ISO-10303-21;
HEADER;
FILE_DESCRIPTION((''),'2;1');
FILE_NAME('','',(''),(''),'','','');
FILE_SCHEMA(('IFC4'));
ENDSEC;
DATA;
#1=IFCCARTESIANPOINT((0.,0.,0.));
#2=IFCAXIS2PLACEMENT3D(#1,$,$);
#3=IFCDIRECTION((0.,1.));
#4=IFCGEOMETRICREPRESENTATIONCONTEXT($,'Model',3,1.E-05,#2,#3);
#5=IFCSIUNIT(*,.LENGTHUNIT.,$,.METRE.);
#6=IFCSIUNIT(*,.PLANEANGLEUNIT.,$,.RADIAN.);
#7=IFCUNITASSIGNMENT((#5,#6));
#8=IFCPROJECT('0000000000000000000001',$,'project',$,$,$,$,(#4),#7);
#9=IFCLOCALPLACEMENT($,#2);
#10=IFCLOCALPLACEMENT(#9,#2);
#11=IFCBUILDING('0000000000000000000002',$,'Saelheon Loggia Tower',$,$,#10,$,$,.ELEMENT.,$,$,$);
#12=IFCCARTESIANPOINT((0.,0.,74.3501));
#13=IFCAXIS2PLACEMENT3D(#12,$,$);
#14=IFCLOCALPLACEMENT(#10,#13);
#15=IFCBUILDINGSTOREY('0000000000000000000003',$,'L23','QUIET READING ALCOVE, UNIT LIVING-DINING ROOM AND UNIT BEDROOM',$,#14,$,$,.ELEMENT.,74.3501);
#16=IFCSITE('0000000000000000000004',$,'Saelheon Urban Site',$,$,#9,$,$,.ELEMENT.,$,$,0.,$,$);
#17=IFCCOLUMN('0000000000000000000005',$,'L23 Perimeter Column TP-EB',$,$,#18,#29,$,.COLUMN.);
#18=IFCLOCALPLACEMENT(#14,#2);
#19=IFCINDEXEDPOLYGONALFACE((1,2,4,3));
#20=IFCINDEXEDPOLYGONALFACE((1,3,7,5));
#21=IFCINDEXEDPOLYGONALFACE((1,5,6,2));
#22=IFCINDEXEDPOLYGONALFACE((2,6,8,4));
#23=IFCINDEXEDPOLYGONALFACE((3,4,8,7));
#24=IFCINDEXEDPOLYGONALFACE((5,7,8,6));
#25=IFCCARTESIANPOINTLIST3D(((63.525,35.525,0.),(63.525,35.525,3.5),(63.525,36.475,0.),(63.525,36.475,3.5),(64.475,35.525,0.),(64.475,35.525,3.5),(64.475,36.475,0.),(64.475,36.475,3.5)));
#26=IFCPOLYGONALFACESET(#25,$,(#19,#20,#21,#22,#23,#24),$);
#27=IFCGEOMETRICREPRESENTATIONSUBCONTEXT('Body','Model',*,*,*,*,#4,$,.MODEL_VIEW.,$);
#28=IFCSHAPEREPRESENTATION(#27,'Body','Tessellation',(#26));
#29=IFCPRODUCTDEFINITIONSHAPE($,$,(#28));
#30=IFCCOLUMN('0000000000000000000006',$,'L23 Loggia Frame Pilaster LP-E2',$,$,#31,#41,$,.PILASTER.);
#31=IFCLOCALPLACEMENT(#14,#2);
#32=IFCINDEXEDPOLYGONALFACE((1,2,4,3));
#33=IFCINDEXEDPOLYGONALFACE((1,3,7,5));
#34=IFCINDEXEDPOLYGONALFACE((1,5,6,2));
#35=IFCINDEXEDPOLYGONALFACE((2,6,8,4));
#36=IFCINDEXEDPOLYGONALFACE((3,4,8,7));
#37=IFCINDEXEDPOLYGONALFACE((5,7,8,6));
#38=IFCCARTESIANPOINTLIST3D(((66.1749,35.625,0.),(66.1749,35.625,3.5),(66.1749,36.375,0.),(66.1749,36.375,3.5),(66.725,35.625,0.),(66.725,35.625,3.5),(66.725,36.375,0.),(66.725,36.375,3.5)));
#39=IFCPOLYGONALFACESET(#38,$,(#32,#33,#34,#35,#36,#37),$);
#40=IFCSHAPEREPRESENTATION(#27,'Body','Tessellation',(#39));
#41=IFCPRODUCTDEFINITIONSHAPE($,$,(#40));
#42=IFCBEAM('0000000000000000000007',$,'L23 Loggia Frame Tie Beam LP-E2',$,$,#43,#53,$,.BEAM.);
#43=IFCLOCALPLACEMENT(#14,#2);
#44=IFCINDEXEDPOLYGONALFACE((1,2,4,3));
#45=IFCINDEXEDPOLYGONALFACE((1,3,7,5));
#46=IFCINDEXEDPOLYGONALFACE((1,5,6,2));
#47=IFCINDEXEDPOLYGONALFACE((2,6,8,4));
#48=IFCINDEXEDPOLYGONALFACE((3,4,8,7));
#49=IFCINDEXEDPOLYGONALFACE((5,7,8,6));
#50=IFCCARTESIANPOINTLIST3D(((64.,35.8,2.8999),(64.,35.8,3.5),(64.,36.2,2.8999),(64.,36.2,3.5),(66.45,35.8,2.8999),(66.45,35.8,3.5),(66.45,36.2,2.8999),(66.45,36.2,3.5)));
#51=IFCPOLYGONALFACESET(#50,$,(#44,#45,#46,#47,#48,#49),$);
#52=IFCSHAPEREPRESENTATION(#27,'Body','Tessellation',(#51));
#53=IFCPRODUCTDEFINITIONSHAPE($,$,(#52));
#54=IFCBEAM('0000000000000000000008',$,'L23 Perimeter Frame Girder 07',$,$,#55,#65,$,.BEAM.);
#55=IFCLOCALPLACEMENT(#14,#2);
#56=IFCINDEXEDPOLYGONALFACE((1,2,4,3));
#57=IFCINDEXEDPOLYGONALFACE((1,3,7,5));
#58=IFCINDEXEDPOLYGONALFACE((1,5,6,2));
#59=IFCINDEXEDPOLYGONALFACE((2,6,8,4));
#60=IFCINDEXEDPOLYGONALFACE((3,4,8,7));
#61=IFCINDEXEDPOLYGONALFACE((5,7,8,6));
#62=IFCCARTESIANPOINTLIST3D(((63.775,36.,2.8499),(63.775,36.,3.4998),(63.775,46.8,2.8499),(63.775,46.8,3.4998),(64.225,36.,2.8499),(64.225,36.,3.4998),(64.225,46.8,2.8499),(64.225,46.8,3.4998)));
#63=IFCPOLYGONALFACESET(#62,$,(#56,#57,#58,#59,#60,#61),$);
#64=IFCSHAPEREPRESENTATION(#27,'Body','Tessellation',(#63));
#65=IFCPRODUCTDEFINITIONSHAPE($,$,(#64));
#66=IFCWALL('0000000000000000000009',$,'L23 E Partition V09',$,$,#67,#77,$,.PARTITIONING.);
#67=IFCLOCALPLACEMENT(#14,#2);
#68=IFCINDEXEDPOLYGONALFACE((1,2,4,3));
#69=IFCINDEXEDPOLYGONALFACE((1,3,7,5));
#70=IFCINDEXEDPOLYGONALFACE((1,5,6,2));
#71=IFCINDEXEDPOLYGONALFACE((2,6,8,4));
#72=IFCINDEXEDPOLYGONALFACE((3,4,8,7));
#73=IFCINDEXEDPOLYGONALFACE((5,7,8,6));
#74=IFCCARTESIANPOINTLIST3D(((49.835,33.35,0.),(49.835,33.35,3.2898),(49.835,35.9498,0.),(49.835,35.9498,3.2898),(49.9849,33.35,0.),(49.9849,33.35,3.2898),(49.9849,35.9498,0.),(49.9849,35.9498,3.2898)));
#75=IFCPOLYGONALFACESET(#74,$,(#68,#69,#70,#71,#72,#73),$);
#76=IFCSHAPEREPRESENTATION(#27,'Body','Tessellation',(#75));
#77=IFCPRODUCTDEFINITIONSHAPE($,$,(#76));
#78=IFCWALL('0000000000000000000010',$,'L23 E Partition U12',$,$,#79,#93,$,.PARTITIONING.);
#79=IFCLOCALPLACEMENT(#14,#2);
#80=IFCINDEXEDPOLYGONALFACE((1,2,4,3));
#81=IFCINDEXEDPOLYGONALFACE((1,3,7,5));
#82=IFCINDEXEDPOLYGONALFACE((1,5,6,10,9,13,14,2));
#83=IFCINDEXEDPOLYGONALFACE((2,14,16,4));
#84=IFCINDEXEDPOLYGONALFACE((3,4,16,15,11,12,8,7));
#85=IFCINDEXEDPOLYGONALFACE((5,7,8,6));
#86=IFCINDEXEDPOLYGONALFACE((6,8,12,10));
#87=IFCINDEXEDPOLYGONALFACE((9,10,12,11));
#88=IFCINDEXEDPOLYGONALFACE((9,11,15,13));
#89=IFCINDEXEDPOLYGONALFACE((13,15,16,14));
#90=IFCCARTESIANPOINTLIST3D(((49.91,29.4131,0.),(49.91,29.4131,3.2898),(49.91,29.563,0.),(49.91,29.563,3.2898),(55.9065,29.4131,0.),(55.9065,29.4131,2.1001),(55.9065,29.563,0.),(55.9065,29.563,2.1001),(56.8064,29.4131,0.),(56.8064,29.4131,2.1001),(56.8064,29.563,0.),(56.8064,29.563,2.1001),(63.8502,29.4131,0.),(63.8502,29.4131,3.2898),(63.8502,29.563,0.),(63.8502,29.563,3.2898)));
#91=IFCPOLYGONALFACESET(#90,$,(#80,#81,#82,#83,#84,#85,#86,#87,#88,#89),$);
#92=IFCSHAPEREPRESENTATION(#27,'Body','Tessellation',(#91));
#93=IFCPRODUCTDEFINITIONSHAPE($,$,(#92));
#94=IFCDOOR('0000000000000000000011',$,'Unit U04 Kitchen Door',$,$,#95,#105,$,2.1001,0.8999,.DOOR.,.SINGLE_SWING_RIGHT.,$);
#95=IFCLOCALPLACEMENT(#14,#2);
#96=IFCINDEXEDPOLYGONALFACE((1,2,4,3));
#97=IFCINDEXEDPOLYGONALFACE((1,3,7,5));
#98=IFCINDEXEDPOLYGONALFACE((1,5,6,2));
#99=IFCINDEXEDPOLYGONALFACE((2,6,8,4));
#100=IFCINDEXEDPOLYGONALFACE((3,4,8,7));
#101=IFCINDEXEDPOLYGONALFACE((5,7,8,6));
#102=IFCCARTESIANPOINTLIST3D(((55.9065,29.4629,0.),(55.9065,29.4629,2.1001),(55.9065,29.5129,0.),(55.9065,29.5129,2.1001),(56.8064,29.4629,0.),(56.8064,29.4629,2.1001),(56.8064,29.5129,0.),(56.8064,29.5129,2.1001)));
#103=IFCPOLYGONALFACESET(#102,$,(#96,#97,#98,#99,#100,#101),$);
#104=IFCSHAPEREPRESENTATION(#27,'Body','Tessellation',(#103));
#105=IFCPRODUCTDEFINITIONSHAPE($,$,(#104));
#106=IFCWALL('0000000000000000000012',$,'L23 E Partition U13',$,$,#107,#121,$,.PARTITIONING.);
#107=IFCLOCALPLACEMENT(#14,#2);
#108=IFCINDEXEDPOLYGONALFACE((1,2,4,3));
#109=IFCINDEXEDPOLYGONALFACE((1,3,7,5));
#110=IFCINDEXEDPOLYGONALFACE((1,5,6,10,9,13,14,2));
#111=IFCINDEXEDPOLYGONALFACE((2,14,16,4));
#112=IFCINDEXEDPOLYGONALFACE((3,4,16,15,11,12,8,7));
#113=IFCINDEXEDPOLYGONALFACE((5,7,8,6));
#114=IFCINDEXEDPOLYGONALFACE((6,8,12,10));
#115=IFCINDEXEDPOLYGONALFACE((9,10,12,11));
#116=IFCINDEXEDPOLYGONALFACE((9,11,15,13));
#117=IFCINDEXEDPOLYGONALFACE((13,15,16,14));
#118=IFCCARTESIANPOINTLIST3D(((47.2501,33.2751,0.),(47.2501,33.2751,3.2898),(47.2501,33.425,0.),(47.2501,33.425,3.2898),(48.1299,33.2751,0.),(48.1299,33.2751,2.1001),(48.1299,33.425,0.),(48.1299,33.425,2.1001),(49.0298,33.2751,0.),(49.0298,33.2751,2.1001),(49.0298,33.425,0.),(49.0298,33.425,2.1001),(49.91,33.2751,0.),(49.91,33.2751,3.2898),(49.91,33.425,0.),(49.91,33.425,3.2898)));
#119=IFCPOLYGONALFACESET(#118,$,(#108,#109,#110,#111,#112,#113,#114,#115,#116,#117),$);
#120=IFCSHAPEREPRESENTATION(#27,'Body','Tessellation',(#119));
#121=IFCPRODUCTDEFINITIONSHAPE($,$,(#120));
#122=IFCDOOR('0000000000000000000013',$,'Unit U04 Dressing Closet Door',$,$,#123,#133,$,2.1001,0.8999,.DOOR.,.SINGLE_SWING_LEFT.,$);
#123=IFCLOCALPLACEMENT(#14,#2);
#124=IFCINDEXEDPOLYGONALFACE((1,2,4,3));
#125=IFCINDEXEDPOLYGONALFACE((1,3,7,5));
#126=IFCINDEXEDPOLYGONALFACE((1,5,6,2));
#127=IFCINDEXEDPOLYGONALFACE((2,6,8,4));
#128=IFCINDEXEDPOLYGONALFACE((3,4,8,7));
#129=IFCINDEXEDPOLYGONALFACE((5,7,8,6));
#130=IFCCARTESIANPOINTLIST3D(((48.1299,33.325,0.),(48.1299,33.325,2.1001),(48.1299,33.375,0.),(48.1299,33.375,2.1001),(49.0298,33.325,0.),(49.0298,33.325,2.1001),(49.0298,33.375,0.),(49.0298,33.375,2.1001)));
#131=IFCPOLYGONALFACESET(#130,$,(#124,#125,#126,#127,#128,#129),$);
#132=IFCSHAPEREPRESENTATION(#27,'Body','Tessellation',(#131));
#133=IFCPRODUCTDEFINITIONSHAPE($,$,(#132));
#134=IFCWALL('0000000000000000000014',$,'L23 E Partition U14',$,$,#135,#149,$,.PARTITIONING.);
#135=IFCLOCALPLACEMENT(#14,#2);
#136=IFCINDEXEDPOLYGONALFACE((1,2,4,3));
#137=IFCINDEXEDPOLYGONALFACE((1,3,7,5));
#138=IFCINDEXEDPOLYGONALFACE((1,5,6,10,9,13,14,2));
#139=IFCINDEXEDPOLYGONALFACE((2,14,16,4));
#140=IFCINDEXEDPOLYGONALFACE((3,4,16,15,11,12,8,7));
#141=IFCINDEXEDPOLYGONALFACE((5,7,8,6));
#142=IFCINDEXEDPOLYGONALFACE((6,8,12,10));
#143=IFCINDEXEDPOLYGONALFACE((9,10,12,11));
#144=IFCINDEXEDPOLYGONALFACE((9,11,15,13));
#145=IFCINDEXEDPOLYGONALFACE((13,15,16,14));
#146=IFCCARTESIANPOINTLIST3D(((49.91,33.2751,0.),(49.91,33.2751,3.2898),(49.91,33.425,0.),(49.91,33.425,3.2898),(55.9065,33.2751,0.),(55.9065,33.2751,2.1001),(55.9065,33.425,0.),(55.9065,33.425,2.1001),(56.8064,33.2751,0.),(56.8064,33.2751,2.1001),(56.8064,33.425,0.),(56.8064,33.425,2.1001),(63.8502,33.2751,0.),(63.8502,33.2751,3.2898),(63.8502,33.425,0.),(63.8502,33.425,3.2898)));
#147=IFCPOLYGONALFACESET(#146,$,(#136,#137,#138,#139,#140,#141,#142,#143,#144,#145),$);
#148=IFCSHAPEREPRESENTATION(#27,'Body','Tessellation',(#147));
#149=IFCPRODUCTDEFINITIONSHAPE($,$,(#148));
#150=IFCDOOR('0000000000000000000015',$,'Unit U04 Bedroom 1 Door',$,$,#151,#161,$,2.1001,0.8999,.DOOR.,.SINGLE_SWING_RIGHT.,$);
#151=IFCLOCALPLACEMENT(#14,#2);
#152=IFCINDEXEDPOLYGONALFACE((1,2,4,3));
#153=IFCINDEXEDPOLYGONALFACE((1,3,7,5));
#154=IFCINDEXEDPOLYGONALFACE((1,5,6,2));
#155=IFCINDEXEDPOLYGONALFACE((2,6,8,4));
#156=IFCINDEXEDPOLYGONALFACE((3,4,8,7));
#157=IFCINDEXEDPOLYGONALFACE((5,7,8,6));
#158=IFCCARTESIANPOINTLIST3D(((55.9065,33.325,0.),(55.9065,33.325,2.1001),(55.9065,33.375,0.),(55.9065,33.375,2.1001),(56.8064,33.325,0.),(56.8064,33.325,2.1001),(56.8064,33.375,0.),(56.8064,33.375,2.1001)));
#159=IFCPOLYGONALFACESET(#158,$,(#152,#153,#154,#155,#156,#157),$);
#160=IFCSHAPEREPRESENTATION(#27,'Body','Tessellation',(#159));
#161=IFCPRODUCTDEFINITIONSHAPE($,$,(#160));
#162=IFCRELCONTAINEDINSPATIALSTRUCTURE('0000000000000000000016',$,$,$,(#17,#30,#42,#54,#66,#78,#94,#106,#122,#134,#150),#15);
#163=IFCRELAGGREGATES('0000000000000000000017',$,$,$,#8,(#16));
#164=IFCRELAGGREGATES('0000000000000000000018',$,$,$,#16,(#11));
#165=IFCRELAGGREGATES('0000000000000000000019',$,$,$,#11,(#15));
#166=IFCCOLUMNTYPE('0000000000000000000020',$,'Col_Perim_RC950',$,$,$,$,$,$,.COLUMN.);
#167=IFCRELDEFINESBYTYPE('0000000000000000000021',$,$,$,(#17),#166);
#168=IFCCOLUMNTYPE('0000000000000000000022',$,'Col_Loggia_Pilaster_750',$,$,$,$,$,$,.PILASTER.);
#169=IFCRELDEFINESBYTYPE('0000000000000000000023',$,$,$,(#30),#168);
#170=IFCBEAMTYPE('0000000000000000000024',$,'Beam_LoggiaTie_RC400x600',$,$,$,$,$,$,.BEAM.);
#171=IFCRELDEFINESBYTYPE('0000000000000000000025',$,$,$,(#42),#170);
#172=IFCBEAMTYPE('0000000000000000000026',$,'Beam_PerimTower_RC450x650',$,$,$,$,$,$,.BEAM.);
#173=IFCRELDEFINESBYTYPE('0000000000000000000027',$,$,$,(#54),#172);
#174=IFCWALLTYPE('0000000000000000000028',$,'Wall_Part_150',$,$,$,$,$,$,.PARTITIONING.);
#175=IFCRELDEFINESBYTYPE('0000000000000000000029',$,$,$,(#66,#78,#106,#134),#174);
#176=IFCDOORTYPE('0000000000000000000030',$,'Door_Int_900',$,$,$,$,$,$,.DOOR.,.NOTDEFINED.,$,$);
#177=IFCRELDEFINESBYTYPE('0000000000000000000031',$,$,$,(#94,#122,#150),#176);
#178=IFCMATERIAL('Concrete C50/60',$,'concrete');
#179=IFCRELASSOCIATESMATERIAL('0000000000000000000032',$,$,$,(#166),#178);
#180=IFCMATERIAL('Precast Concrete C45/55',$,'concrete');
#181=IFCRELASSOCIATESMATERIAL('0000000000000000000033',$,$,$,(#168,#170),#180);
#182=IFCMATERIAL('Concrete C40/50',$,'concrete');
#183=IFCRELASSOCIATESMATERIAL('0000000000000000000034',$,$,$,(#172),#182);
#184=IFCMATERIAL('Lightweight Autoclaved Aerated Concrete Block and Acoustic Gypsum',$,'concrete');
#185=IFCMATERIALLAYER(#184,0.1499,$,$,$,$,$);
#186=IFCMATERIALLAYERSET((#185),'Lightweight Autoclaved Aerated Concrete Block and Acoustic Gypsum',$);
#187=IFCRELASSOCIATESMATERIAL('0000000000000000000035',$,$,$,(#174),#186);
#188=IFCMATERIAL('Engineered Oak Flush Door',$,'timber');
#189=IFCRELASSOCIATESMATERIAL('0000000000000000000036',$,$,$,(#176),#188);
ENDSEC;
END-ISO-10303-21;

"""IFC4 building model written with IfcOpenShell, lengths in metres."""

from ifc_helpers import new_model, si_unit, direction, frame, frame_2d, origin, origin_2d, place, context, subcontext, project, spatial, rectangle, extrude, source, transform, mapped, material, layer, layer_set, material_profile, profile_set, type_object, element, fill, save


model = new_model("IFC4")

# Units and contexts
model_context = context("Model", 3, precision=1e-05, world=origin(), true_north=direction((0.0, 1.0)))
body_context = subcontext(model_context, "Body", "Model", "MODEL_VIEW")
ifc_project = project(units=[si_unit("LENGTHUNIT", "METRE"), si_unit("PLANEANGLEUNIT", "RADIAN")], contexts=[model_context])

# Site, building, storey
site_placement = place(None, origin())
site = spatial("IfcSite", under=ifc_project, at=site_placement, Name="Saelheon Urban Site", CompositionType="ELEMENT", RefElevation=0.0)
building_placement = place(site_placement, origin())
building = spatial("IfcBuilding", under=site, at=building_placement, Name="Saelheon Loggia Tower", CompositionType="ELEMENT")
storey_placement = place(building_placement, frame((0.0, 0.0, 74.3501)))
storey = spatial("IfcBuildingStorey", under=building, at=storey_placement, Name="L23", Description="QUIET READING ALCOVE, UNIT LIVING-DINING ROOM AND UNIT BEDROOM", CompositionType="ELEMENT", Elevation=74.3501)

# Columns
ifc_material_1 = material(Name="Concrete C50/60", Category="concrete")
ifc_material_profile_1 = material_profile(ifc_material_1, rectangle(XDim=0.95, YDim=0.95, at=origin_2d()), Name="RC-950x950")
ifc_profile_set_1 = profile_set([ifc_material_profile_1], Name="Concrete C50/60")
column_type_1 = type_object("IfcColumnType", Name="Col_Perim_RC950", PredefinedType="COLUMN", material=ifc_profile_set_1)
shared_shape_1 = source(origin(), body_context, "Body", "SweptSolid", [
    extrude(rectangle(XDim=0.95, YDim=0.95, at=origin_2d()), origin(), (0.0, 0.0, 1.0), 3.5),
])
column_1_placement = place(storey_placement, frame((64.0, 36.0, 0.0), z_axis=(0.0, 0.0, 1.0), x_axis=(1.0, 0.0, 0.0)))
element("IfcColumn", 1, at=column_1_placement, inside=storey, type_object=column_type_1, Name="L23 Perimeter Column TP-EB", PredefinedType="COLUMN", context=body_context, shape_type="MappedRepresentation", body=[
    mapped(shared_shape_1, transform((0.0, 0.0, 0.0), scale=1.0)),
])
ifc_material_2 = material(Name="Precast Concrete C45/55", Category="concrete")
ifc_material_profile_2 = material_profile(ifc_material_2, rectangle(XDim=0.55, YDim=0.75, at=origin_2d()), Name="RC-550x750")
ifc_profile_set_2 = profile_set([ifc_material_profile_2], Name="Precast Concrete C45/55")
column_type_2 = type_object("IfcColumnType", Name="Col_Loggia_Pilaster_750", PredefinedType="PILASTER", material=ifc_profile_set_2)
shared_shape_2 = source(origin(), body_context, "Body", "SweptSolid", [
    extrude(rectangle(XDim=0.55, YDim=0.75, at=origin_2d()), origin(), (0.0, 0.0, 1.0), 3.5),
])
column_2_placement = place(storey_placement, frame((66.45, 36.0, 0.0), z_axis=(0.0, 0.0, 1.0), x_axis=(1.0, 0.0, 0.0)))
element("IfcColumn", 2, at=column_2_placement, inside=storey, type_object=column_type_2, Name="L23 Loggia Frame Pilaster LP-E2", PredefinedType="PILASTER", context=body_context, shape_type="MappedRepresentation", body=[
    mapped(shared_shape_2, transform((0.0, 0.0, 0.0), scale=1.0)),
])

# Beams
ifc_material_profile_3 = material_profile(ifc_material_2, rectangle(XDim=0.3999, YDim=0.6001, at=origin_2d()), Name="RC-400x600")
ifc_profile_set_3 = profile_set([ifc_material_profile_3], Name="Precast Concrete C45/55")
beam_type_1 = type_object("IfcBeamType", Name="Beam_LoggiaTie_RC400x600", PredefinedType="BEAM", material=ifc_profile_set_3)
shared_shape_3 = source(origin(), body_context, "Body", "SweptSolid", [
    extrude(rectangle(XDim=0.3999, YDim=0.6001, at=origin_2d()), origin(), (0.0, 0.0, 1.0), 2.45),
])
beam_1_placement = place(storey_placement, frame((64.0, 36.0, 3.2), z_axis=(1.0, 0.0, 0.0), x_axis=(0.0, 1.0, 0.0)))
element("IfcBeam", 3, at=beam_1_placement, inside=storey, type_object=beam_type_1, Name="L23 Loggia Frame Tie Beam LP-E2", PredefinedType="BEAM", context=body_context, shape_type="MappedRepresentation", body=[
    mapped(shared_shape_3, transform((0.0, 0.0, 0.0), scale=1.0)),
])
ifc_material_3 = material(Name="Concrete C40/50", Category="concrete")
ifc_material_profile_4 = material_profile(ifc_material_3, rectangle(XDim=0.45, YDim=0.6499, at=origin_2d()), Name="RC-450x650")
ifc_profile_set_4 = profile_set([ifc_material_profile_4], Name="Concrete C40/50")
beam_type_2 = type_object("IfcBeamType", Name="Beam_PerimTower_RC450x650", PredefinedType="BEAM", material=ifc_profile_set_4)
shared_shape_4 = source(origin(), body_context, "Body", "SweptSolid", [
    extrude(rectangle(XDim=0.45, YDim=0.6499, at=origin_2d()), origin(), (0.0, 0.0, 1.0), 10.8),
])
beam_2_placement = place(storey_placement, frame((64.0, 36.0, 3.1748), z_axis=(0.0, 1.0, 0.0), x_axis=(-1.0, 0.0, 0.0)))
element("IfcBeam", 4, at=beam_2_placement, inside=storey, type_object=beam_type_2, Name="L23 Perimeter Frame Girder 07", PredefinedType="BEAM", context=body_context, shape_type="MappedRepresentation", body=[
    mapped(shared_shape_4, transform((0.0, 0.0, 0.0), scale=1.0)),
])

# Wall
ifc_material_4 = material(Name="Lightweight Autoclaved Aerated Concrete Block and Acoustic Gypsum", Category="concrete")
ifc_layer_1 = layer(ifc_material_4, 0.1499)
ifc_layer_set_1 = layer_set([ifc_layer_1], Name="Lightweight Autoclaved Aerated Concrete Block and Acoustic Gypsum")
wall_type_1 = type_object("IfcWallType", Name="Wall_Part_150", PredefinedType="PARTITIONING", material=ifc_layer_set_1)
wall_1_placement = place(storey_placement, frame((49.9099, 33.3501, 0.0), z_axis=(0.0, 0.0, 1.0), x_axis=(0.0, 1.0, 0.0)))
element("IfcWall", 5, at=wall_1_placement, inside=storey, type_object=wall_type_1, Name="L23 E Partition V09", PredefinedType="PARTITIONING", context=body_context, shape_type="SweptSolid", body=[
    extrude(rectangle(XDim=2.5999, YDim=0.1499, at=frame_2d((1.2998, 0.0))), origin(), (0.0, 0.0, 1.0), 3.2898),
])

# Walls, openings, doors
wall_2_placement = place(storey_placement, frame((49.9099, 29.488, 0.0), z_axis=(0.0, 0.0, 1.0), x_axis=(1.0, 0.0, 0.0)))
wall_2 = element("IfcWall", 6, at=wall_2_placement, inside=storey, type_object=wall_type_1, Name="L23 E Partition U12", PredefinedType="PARTITIONING", context=body_context, shape_type="SweptSolid", body=[
    extrude(rectangle(XDim=13.9402, YDim=0.1499, at=frame_2d((6.9702, 0.0))), origin(), (0.0, 0.0, 1.0), 3.2898),
])
opening_1_placement = place(wall_2_placement, frame((5.9966, 0.0, 0.0)))
opening_1 = element("IfcOpeningElement", 7, at=opening_1_placement, cuts=wall_2, PredefinedType="OPENING", context=body_context, shape_type="SweptSolid", body=[
    extrude(rectangle(XDim=0.8999, YDim=2.1001, at=frame_2d((0.45, 1.05))), frame((0.0, 0.0869, 0.0), z_axis=(0.0, -1.0, 0.0), x_axis=(1.0, 0.0, 0.0)), (0.0, 0.0, 1.0), 0.1738),
])
ifc_material_5 = material(Name="Engineered Oak Flush Door", Category="timber")
door_type_1 = type_object("IfcDoorType", Name="Door_Int_900", OperationType="NOTDEFINED", PredefinedType="DOOR", material=ifc_material_5)
shared_shape_5 = source(origin(), body_context, "Body", "SweptSolid", [
    extrude(rectangle(XDim=0.8999, YDim=2.1001, at=frame_2d((0.45, 1.05))), frame((0.0, 0.0249, 0.0), z_axis=(0.0, -1.0, 0.0), x_axis=(1.0, 0.0, 0.0)), (0.0, 0.0, 1.0), 0.05),
])
door_1_placement = place(opening_1_placement, origin())
door_1 = element("IfcDoor", 8, at=door_1_placement, inside=storey, type_object=door_type_1, Name="Unit U04 Kitchen Door", OperationType="SINGLE_SWING_RIGHT", OverallHeight=2.1001, OverallWidth=0.8999, PredefinedType="DOOR", context=body_context, shape_type="MappedRepresentation", body=[
    mapped(shared_shape_5, transform((0.0, 0.0, 0.0), scale=1.0)),
])
fill(opening_1, door_1)
wall_3_placement = place(storey_placement, frame((47.25, 33.3501, 0.0), z_axis=(0.0, 0.0, 1.0), x_axis=(1.0, 0.0, 0.0)))
wall_3 = element("IfcWall", 9, at=wall_3_placement, inside=storey, type_object=wall_type_1, Name="L23 E Partition U13", PredefinedType="PARTITIONING", context=body_context, shape_type="SweptSolid", body=[
    extrude(rectangle(XDim=2.6599, YDim=0.1499, at=frame_2d((1.3301, 0.0))), origin(), (0.0, 0.0, 1.0), 3.2898),
])
opening_2_placement = place(wall_3_placement, frame((0.8799, 0.0, 0.0)))
opening_2 = element("IfcOpeningElement", 10, at=opening_2_placement, cuts=wall_3, PredefinedType="OPENING", context=body_context, shape_type="SweptSolid", body=[
    extrude(rectangle(XDim=0.8999, YDim=2.1001, at=frame_2d((0.45, 1.05))), frame((0.0, 0.0869, 0.0), z_axis=(0.0, -1.0, 0.0), x_axis=(1.0, 0.0, 0.0)), (0.0, 0.0, 1.0), 0.1738),
])
door_2_placement = place(opening_2_placement, origin())
door_2 = element("IfcDoor", 11, at=door_2_placement, inside=storey, type_object=door_type_1, Name="Unit U04 Dressing Closet Door", OperationType="SINGLE_SWING_LEFT", OverallHeight=2.1001, OverallWidth=0.8999, PredefinedType="DOOR", context=body_context, shape_type="MappedRepresentation", body=[
    mapped(shared_shape_5, transform((0.0, 0.0, 0.0), scale=1.0)),
])
fill(opening_2, door_2)
wall_4_placement = place(storey_placement, frame((49.9099, 33.3501, 0.0), z_axis=(0.0, 0.0, 1.0), x_axis=(1.0, 0.0, 0.0)))
wall_4 = element("IfcWall", 12, at=wall_4_placement, inside=storey, type_object=wall_type_1, Name="L23 E Partition U14", PredefinedType="PARTITIONING", context=body_context, shape_type="SweptSolid", body=[
    extrude(rectangle(XDim=13.9402, YDim=0.1499, at=frame_2d((6.9702, 0.0))), origin(), (0.0, 0.0, 1.0), 3.2898),
])
opening_3_placement = place(wall_4_placement, frame((5.9966, 0.0, 0.0)))
opening_3 = element("IfcOpeningElement", 13, at=opening_3_placement, cuts=wall_4, PredefinedType="OPENING", context=body_context, shape_type="SweptSolid", body=[
    extrude(rectangle(XDim=0.8999, YDim=2.1001, at=frame_2d((0.45, 1.05))), frame((0.0, 0.0869, 0.0), z_axis=(0.0, -1.0, 0.0), x_axis=(1.0, 0.0, 0.0)), (0.0, 0.0, 1.0), 0.1738),
])
door_3_placement = place(opening_3_placement, origin())
door_3 = element("IfcDoor", 14, at=door_3_placement, inside=storey, type_object=door_type_1, Name="Unit U04 Bedroom 1 Door", OperationType="SINGLE_SWING_RIGHT", OverallHeight=2.1001, OverallWidth=0.8999, PredefinedType="DOOR", context=body_context, shape_type="MappedRepresentation", body=[
    mapped(shared_shape_5, transform((0.0, 0.0, 0.0), scale=1.0)),
])
fill(opening_3, door_3)

save(model, "model.ifc")
